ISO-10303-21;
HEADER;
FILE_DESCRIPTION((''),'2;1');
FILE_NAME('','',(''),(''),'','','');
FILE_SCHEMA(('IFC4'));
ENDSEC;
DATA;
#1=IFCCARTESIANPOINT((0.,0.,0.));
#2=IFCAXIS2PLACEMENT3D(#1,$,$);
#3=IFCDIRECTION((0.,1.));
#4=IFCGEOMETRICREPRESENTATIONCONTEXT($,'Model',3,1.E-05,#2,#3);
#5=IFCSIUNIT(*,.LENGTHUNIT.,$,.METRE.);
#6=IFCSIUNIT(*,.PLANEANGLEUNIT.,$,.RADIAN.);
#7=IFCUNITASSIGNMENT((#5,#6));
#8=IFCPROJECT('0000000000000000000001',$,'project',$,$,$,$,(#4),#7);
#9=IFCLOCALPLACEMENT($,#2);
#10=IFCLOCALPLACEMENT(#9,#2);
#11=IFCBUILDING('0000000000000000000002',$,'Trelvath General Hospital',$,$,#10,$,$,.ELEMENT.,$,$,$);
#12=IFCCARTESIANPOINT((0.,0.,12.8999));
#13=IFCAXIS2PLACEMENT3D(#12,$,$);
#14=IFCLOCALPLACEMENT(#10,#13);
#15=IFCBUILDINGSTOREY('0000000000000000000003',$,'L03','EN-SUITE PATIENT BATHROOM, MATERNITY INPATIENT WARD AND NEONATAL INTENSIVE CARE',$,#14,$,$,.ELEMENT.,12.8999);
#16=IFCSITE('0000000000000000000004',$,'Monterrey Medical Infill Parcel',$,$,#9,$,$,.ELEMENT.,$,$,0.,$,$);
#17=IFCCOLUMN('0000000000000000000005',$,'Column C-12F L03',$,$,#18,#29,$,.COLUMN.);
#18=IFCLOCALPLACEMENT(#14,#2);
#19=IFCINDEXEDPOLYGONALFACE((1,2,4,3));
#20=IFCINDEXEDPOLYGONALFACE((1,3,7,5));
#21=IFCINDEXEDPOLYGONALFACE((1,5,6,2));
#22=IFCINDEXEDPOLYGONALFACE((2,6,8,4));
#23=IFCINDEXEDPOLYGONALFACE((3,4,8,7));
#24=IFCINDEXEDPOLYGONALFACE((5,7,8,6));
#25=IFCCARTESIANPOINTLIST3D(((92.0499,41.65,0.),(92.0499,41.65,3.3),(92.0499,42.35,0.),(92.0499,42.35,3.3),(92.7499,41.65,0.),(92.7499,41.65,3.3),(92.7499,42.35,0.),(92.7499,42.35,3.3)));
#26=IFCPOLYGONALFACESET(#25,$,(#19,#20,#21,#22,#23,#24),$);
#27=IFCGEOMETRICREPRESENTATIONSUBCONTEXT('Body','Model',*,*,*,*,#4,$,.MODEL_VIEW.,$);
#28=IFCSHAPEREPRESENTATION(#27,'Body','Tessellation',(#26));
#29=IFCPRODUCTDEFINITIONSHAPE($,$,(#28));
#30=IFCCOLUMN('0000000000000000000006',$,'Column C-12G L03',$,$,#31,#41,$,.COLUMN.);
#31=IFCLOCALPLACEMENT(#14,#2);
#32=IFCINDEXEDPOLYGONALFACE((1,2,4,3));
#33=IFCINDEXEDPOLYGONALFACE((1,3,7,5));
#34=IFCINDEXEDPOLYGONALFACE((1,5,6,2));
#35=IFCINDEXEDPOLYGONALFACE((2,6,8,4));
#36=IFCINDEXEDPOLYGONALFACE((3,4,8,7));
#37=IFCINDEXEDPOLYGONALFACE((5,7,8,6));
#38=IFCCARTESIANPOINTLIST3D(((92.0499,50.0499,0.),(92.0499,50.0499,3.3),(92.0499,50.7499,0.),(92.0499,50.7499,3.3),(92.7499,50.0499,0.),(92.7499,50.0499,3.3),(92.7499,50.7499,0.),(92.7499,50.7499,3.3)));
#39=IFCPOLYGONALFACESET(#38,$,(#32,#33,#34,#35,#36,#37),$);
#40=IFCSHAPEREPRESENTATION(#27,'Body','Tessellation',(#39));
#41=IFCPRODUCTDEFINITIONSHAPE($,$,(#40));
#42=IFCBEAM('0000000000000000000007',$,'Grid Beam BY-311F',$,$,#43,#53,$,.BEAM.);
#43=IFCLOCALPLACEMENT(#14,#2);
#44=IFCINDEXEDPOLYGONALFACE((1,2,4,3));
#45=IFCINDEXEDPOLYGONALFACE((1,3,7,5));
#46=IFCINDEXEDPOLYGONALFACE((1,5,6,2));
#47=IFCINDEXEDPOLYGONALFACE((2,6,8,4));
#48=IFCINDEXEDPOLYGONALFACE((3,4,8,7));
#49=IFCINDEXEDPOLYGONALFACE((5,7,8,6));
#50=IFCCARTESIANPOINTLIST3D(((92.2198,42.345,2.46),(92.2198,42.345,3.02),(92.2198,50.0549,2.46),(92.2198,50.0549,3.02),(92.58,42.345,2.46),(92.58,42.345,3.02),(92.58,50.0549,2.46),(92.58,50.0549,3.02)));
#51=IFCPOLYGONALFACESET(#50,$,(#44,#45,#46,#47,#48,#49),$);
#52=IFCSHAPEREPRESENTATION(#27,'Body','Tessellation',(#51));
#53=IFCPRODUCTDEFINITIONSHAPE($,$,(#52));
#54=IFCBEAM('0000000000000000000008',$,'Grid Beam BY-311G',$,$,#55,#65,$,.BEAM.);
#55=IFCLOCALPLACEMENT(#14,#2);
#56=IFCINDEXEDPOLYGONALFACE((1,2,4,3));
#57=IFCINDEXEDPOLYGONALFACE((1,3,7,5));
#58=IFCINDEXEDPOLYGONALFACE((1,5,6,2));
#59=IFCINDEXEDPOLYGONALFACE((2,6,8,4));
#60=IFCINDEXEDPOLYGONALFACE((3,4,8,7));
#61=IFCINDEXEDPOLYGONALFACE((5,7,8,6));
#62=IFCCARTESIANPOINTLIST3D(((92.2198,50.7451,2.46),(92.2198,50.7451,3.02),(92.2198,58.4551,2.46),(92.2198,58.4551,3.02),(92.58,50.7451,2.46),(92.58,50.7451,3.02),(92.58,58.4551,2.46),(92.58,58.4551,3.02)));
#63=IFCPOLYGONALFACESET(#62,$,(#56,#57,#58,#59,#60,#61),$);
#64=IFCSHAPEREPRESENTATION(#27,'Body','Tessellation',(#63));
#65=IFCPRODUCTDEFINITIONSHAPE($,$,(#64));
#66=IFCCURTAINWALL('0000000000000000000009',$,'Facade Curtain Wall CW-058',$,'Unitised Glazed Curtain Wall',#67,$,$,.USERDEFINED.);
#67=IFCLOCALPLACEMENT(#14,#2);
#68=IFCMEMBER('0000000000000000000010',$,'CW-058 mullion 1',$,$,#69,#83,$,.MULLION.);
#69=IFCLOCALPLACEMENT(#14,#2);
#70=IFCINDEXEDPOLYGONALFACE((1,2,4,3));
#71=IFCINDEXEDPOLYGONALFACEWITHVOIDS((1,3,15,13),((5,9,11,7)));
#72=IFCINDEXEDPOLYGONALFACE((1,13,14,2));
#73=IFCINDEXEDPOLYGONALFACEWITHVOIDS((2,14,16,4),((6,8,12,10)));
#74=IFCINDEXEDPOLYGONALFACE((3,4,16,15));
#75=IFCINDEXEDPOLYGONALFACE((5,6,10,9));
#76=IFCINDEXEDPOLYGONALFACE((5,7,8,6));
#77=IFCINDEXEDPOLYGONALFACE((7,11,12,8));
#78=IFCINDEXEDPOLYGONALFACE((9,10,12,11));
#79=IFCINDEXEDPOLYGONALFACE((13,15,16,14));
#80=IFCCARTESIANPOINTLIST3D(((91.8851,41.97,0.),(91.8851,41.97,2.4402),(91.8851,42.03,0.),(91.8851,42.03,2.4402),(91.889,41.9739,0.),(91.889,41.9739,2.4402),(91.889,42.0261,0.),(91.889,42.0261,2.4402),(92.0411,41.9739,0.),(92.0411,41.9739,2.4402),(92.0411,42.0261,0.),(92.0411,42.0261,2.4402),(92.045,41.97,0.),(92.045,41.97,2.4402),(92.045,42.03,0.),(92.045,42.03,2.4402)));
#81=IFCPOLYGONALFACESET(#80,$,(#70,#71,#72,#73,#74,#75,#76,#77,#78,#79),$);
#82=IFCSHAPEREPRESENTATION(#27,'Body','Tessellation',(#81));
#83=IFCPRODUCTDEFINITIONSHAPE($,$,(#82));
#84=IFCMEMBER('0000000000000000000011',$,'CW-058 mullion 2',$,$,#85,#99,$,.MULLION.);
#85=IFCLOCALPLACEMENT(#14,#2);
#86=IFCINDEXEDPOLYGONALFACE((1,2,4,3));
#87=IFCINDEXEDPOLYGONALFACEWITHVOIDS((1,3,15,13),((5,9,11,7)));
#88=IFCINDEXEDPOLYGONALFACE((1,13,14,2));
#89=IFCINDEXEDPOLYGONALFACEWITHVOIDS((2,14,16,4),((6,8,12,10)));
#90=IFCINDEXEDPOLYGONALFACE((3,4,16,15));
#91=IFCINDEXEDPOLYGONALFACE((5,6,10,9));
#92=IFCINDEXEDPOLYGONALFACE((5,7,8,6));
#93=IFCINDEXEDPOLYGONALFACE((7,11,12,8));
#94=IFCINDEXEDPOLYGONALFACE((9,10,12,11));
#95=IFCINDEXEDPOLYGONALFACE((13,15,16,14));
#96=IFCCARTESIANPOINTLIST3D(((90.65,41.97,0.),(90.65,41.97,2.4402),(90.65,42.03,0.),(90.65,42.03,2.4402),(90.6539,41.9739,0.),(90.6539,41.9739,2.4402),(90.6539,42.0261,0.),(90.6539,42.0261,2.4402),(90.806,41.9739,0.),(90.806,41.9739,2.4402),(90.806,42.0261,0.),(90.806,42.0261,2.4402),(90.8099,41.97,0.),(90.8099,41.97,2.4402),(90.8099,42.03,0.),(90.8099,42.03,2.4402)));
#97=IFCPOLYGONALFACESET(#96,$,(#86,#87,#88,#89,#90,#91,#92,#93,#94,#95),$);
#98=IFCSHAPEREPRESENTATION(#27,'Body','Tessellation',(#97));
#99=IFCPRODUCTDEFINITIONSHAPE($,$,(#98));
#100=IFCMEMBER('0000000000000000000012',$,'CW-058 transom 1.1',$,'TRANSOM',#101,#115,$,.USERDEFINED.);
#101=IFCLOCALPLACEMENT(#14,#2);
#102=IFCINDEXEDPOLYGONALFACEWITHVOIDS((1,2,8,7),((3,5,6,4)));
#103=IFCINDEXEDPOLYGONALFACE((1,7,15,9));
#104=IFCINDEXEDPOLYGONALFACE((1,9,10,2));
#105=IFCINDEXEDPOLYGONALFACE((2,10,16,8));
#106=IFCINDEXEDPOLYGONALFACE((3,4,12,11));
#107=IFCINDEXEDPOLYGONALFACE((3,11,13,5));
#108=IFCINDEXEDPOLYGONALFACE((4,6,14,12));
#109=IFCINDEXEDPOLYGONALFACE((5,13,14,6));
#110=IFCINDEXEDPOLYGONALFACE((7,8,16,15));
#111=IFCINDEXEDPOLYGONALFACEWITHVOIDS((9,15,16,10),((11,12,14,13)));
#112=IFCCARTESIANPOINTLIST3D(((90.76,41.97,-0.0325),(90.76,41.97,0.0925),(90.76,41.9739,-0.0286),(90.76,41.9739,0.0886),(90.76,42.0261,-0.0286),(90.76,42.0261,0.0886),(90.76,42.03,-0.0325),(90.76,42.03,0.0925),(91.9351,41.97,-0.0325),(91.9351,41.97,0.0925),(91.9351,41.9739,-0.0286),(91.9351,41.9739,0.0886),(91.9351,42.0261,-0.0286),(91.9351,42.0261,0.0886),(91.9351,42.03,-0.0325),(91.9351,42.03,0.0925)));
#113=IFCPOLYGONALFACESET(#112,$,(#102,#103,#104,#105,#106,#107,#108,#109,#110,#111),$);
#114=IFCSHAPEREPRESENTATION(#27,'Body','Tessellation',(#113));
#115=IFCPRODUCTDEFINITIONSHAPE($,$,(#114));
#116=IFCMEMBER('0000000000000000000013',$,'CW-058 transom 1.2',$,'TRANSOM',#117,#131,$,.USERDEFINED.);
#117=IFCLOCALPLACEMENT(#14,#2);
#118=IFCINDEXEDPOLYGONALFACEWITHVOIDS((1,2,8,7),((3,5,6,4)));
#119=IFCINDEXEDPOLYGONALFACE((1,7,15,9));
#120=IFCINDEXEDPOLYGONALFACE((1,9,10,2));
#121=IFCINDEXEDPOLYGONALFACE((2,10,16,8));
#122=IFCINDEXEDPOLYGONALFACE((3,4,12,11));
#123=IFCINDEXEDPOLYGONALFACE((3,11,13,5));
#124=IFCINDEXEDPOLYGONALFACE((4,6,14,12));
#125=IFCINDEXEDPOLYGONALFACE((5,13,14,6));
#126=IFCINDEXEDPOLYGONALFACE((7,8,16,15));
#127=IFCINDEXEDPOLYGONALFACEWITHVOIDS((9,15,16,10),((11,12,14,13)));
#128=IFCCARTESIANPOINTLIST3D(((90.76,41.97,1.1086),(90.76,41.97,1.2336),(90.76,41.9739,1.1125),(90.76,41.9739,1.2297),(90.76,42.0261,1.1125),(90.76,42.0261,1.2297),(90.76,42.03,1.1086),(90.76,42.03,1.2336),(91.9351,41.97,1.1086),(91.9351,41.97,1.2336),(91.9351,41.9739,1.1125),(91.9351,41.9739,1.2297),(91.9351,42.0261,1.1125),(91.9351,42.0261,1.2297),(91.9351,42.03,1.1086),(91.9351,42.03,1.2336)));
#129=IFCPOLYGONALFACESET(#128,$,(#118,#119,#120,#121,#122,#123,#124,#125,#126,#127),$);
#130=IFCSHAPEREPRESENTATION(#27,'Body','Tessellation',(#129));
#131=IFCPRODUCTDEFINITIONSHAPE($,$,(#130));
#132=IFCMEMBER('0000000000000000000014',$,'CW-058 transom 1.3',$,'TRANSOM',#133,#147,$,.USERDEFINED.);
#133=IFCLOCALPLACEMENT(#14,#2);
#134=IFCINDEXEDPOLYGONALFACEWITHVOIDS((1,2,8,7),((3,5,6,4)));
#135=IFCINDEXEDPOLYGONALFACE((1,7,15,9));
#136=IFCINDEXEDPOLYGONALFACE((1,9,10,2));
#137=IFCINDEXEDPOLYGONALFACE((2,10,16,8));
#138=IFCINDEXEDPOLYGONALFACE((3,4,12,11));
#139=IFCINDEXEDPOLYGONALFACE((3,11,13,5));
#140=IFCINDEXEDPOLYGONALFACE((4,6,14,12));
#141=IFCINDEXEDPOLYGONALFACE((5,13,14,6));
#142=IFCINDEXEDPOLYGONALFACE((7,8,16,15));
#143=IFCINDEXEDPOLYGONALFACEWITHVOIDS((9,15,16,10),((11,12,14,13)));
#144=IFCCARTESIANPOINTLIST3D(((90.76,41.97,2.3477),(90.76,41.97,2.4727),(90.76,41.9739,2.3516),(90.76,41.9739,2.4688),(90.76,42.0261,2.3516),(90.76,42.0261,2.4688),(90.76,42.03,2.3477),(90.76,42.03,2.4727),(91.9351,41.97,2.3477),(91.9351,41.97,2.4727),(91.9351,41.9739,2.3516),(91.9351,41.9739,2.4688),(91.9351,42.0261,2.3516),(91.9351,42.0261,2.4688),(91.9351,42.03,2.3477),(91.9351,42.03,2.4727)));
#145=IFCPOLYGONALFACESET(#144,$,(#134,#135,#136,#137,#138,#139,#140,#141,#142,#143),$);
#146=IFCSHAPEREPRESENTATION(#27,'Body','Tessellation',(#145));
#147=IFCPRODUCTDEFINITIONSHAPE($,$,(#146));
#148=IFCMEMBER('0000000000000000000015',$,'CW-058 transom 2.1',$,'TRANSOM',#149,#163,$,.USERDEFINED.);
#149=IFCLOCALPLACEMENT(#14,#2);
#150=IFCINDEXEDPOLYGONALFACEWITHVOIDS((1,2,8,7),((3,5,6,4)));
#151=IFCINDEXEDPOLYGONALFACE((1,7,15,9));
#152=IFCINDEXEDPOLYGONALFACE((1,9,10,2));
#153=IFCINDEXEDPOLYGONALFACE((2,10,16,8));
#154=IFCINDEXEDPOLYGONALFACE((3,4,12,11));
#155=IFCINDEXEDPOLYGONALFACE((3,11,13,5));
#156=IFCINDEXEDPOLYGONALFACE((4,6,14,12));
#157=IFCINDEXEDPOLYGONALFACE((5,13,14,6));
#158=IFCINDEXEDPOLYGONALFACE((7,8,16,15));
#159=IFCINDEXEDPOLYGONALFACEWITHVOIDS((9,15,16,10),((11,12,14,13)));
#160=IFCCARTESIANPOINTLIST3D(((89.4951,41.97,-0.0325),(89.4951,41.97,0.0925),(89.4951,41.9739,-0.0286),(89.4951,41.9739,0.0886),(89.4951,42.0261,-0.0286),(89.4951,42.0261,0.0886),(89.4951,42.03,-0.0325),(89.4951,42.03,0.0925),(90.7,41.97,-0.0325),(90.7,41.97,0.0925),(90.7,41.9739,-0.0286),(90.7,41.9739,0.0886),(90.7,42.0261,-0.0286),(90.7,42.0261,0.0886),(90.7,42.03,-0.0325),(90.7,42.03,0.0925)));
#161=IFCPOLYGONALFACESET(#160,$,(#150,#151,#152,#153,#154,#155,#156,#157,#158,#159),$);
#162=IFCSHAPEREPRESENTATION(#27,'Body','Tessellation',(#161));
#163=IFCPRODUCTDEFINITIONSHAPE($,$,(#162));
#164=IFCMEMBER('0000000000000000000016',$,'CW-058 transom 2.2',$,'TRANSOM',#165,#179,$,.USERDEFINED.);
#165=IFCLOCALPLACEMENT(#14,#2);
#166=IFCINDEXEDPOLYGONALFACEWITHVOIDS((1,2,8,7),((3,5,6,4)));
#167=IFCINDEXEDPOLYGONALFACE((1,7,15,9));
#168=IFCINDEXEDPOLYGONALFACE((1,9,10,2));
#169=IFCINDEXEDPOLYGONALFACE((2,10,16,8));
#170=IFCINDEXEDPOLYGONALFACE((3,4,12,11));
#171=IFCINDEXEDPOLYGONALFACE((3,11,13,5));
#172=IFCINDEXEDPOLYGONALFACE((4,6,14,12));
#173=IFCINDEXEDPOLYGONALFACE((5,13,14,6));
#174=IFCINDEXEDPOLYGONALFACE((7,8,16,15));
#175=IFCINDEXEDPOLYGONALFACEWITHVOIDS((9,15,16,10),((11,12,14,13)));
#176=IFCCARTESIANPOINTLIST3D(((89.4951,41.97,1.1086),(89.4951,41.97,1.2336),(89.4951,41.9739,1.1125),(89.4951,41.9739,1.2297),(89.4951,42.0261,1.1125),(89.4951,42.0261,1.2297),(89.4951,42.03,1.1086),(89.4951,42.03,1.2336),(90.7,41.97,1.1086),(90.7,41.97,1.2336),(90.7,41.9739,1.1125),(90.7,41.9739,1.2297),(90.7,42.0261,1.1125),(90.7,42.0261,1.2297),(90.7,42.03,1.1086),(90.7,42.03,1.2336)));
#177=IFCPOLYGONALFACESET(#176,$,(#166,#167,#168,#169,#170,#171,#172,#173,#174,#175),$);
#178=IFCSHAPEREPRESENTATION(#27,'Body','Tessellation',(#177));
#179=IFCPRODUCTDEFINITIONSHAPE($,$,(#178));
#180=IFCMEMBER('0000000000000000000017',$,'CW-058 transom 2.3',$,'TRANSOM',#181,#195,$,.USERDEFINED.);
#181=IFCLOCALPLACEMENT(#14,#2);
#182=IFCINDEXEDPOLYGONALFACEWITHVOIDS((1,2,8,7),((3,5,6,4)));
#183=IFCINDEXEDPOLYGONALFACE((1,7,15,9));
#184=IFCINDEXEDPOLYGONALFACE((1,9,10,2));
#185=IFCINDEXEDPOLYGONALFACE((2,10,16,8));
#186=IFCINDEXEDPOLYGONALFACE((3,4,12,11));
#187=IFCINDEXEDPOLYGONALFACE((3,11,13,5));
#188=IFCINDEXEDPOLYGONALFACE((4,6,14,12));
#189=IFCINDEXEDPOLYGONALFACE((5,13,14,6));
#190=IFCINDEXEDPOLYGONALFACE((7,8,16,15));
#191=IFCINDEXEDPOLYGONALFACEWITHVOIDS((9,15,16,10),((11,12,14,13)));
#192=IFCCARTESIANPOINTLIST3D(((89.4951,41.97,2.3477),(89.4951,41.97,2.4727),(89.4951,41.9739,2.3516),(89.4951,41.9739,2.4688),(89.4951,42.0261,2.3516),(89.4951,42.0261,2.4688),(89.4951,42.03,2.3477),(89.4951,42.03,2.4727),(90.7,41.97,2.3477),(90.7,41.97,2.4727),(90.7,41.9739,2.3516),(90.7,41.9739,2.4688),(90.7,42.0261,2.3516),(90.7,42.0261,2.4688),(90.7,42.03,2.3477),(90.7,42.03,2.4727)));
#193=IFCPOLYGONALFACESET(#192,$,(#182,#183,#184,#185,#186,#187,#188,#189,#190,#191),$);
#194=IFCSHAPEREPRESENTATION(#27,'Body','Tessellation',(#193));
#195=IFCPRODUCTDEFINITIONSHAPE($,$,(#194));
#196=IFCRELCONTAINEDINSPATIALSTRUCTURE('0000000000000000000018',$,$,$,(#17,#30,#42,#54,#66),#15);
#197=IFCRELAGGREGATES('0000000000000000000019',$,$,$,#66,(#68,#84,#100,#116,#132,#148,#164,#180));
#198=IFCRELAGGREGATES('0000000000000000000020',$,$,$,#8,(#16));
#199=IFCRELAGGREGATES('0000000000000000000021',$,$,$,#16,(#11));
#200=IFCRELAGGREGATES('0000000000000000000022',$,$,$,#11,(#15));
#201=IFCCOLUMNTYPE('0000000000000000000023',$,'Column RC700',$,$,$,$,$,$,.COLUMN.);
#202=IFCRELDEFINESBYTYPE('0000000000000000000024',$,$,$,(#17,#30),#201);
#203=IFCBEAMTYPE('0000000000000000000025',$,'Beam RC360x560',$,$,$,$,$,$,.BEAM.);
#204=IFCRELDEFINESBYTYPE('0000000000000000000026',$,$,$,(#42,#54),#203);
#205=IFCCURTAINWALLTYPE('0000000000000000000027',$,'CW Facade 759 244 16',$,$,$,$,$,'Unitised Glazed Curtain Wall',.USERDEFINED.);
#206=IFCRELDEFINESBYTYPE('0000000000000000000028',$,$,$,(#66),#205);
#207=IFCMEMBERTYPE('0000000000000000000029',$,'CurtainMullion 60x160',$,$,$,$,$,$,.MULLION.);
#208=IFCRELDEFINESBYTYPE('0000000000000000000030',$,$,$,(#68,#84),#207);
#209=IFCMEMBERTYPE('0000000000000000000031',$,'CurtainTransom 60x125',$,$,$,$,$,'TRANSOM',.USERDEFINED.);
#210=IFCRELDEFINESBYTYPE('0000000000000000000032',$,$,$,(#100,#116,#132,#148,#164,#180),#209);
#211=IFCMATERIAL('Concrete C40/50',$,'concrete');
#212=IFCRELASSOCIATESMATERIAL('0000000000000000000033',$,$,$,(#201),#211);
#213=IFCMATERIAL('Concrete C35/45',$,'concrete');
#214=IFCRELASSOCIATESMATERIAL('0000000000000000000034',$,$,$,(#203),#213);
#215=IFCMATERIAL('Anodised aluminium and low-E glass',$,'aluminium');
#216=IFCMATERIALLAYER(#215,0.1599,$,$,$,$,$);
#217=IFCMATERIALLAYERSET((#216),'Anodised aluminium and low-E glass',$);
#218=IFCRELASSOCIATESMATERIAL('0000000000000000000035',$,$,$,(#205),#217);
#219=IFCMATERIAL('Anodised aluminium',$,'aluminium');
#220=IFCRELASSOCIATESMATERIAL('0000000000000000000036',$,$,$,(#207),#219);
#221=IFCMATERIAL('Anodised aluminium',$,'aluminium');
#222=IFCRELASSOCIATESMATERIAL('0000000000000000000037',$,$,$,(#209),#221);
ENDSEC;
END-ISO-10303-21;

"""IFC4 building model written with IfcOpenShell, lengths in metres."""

from ifc_helpers import new_model, si_unit, direction, frame, origin, origin_2d, place, context, subcontext, project, spatial, rectangle, hollow_rectangle, extrude, material, layer, layer_set, material_profile, profile_set, type_object, element, aggregate, save


model = new_model("IFC4")

# Units and contexts
model_context = context("Model", 3, precision=1e-05, world=origin(), true_north=direction((0.0, 1.0)))
body_context = subcontext(model_context, "Body", "Model", "MODEL_VIEW")
ifc_project = project(units=[si_unit("LENGTHUNIT", "METRE"), si_unit("PLANEANGLEUNIT", "RADIAN")], contexts=[model_context])

# Site, building, storey
site_placement = place(None, origin())
site = spatial("IfcSite", under=ifc_project, at=site_placement, Name="Monterrey Medical Infill Parcel", CompositionType="ELEMENT", RefElevation=0.0)
building_placement = place(site_placement, origin())
building = spatial("IfcBuilding", under=site, at=building_placement, Name="Trelvath General Hospital", CompositionType="ELEMENT")
storey_placement = place(building_placement, frame((0.0, 0.0, 12.8999)))
storey = spatial("IfcBuildingStorey", under=building, at=storey_placement, Name="L03", Description="EN-SUITE PATIENT BATHROOM, MATERNITY INPATIENT WARD AND NEONATAL INTENSIVE CARE", CompositionType="ELEMENT", Elevation=12.8999)

# Columns
ifc_material_1 = material(Name="Concrete C40/50", Category="concrete")
ifc_material_profile_1 = material_profile(ifc_material_1, rectangle(XDim=0.7, YDim=0.7, at=origin_2d()), Name="RC700x700")
ifc_profile_set_1 = profile_set([ifc_material_profile_1], Name="Concrete C40/50")
column_type = type_object("IfcColumnType", Name="Column RC700", PredefinedType="COLUMN", material=ifc_profile_set_1)
for number, where, z_axis, x_axis, name in (
    (1, (92.3999, 42.0, 0.0), (0.0, 0.0, 1.0), (1.0, 0.0, 0.0), "Column C-12F L03"),
    (2, (92.3999, 50.3999, 0.0), (0.0, 0.0, 1.0), (1.0, 0.0, 0.0), "Column C-12G L03"),
):
    element("IfcColumn", number, at=place(storey_placement, frame(where, z_axis=z_axis, x_axis=x_axis)), inside=storey, type_object=column_type, Name=name, PredefinedType="COLUMN", context=body_context, shape_type="SweptSolid", body=[
        extrude(rectangle(XDim=0.7, YDim=0.7, at=origin_2d()), origin(), (0.0, 0.0, 1.0), 3.3),
    ])

# Beams
ifc_material_2 = material(Name="Concrete C35/45", Category="concrete")
ifc_material_profile_2 = material_profile(ifc_material_2, rectangle(XDim=0.3601, YDim=0.5601, at=origin_2d()), Name="RCB360x560")
ifc_profile_set_2 = profile_set([ifc_material_profile_2], Name="Concrete C35/45")
beam_type = type_object("IfcBeamType", Name="Beam RC360x560", PredefinedType="BEAM", material=ifc_profile_set_2)
for number, where, z_axis, x_axis, name in (
    (3, (92.3999, 42.345, 2.74), (0.0, 1.0, 0.0), (-1.0, 0.0, 0.0), "Grid Beam BY-311F"),
    (4, (92.3999, 50.7451, 2.74), (0.0, 1.0, 0.0), (-1.0, 0.0, 0.0), "Grid Beam BY-311G"),
):
    element("IfcBeam", number, at=place(storey_placement, frame(where, z_axis=z_axis, x_axis=x_axis)), inside=storey, type_object=beam_type, Name=name, PredefinedType="BEAM", context=body_context, shape_type="SweptSolid", body=[
        extrude(rectangle(XDim=0.3601, YDim=0.5601, at=origin_2d()), origin(), (0.0, 0.0, 1.0), 7.71),
    ])

# Curtain wall, members
ifc_material_3 = material(Name="Anodised aluminium and low-E glass", Category="aluminium")
ifc_layer_1 = layer(ifc_material_3, 0.1599)
ifc_layer_set_1 = layer_set([ifc_layer_1], Name="Anodised aluminium and low-E glass")
curtain_wall_type = type_object("IfcCurtainWallType", Name="CW Facade 759 244 16", ElementType="Unitised Glazed Curtain Wall", PredefinedType="USERDEFINED", material=ifc_layer_set_1)
curtain_wall_placement = place(storey_placement, origin())
curtain_wall = element("IfcCurtainWall", 5, at=curtain_wall_placement, inside=storey, type_object=curtain_wall_type, Name="Facade Curtain Wall CW-058", ObjectType="Unitised Glazed Curtain Wall", PredefinedType="USERDEFINED")
ifc_material_4 = material(Name="Anodised aluminium", Category="aluminium")
ifc_material_profile_3 = material_profile(ifc_material_4, hollow_rectangle(XDim=0.0601, YDim=0.1599, WallThickness=0.0039, at=origin_2d()), Name="RHS60x160x4")
ifc_profile_set_3 = profile_set([ifc_material_profile_3], Name="Anodised aluminium")
member_type_1 = type_object("IfcMemberType", Name="CurtainMullion 60x160", PredefinedType="MULLION", material=ifc_profile_set_3)
member_1_placement = place(storey_placement, frame((91.9651, 42.0, 0.0), z_axis=(0.0, 0.0, 1.0), x_axis=(0.0, -1.0, 0.0)))
member_1 = element("IfcMember", 6, at=member_1_placement, type_object=member_type_1, Name="CW-058 mullion 1", PredefinedType="MULLION", context=body_context, shape_type="SweptSolid", body=[
    extrude(hollow_rectangle(XDim=0.0601, YDim=0.1599, WallThickness=0.0039, at=origin_2d()), origin(), (0.0, 0.0, 1.0), 2.4402),
])
member_2_placement = place(storey_placement, frame((90.73, 42.0, 0.0), z_axis=(0.0, 0.0, 1.0), x_axis=(0.0, -1.0, 0.0)))
member_2 = element("IfcMember", 7, at=member_2_placement, type_object=member_type_1, Name="CW-058 mullion 2", PredefinedType="MULLION", context=body_context, shape_type="SweptSolid", body=[
    extrude(hollow_rectangle(XDim=0.0601, YDim=0.1599, WallThickness=0.0039, at=origin_2d()), origin(), (0.0, 0.0, 1.0), 2.4402),
])
ifc_material_5 = material(Name="Anodised aluminium", Category="aluminium")
ifc_material_profile_4 = material_profile(ifc_material_5, hollow_rectangle(XDim=0.0601, YDim=0.125, WallThickness=0.0039, at=origin_2d()), Name="RHS60x125x4")
ifc_profile_set_4 = profile_set([ifc_material_profile_4], Name="Anodised aluminium")
member_type_2 = type_object("IfcMemberType", Name="CurtainTransom 60x125", ElementType="TRANSOM", PredefinedType="USERDEFINED", material=ifc_profile_set_4)
member_3_placement = place(storey_placement, frame((91.9351, 42.0, 0.03), z_axis=(-1.0, 0.0, 0.0), x_axis=(0.0, -1.0, 0.0)))
member_3 = element("IfcMember", 8, at=member_3_placement, type_object=member_type_2, Name="CW-058 transom 1.1", ObjectType="TRANSOM", PredefinedType="USERDEFINED", context=body_context, shape_type="SweptSolid", body=[
    extrude(hollow_rectangle(XDim=0.0601, YDim=0.125, WallThickness=0.0039, at=origin_2d()), origin(), (0.0, 0.0, 1.0), 1.175),
])
member_4_placement = place(storey_placement, frame((91.9351, 42.0, 1.1711), z_axis=(-1.0, 0.0, 0.0), x_axis=(0.0, -1.0, 0.0)))
member_4 = element("IfcMember", 9, at=member_4_placement, type_object=member_type_2, Name="CW-058 transom 1.2", ObjectType="TRANSOM", PredefinedType="USERDEFINED", context=body_context, shape_type="SweptSolid", body=[
    extrude(hollow_rectangle(XDim=0.0601, YDim=0.125, WallThickness=0.0039, at=origin_2d()), origin(), (0.0, 0.0, 1.0), 1.175),
])
member_5_placement = place(storey_placement, frame((91.9351, 42.0, 2.4102), z_axis=(-1.0, 0.0, 0.0), x_axis=(0.0, -1.0, 0.0)))
member_5 = element("IfcMember", 10, at=member_5_placement, type_object=member_type_2, Name="CW-058 transom 1.3", ObjectType="TRANSOM", PredefinedType="USERDEFINED", context=body_context, shape_type="SweptSolid", body=[
    extrude(hollow_rectangle(XDim=0.0601, YDim=0.125, WallThickness=0.0039, at=origin_2d()), origin(), (0.0, 0.0, 1.0), 1.175),
])
member_6_placement = place(storey_placement, frame((90.7, 42.0, 0.03), z_axis=(-1.0, 0.0, 0.0), x_axis=(0.0, -1.0, 0.0)))
member_6 = element("IfcMember", 11, at=member_6_placement, type_object=member_type_2, Name="CW-058 transom 2.1", ObjectType="TRANSOM", PredefinedType="USERDEFINED", context=body_context, shape_type="SweptSolid", body=[
    extrude(hollow_rectangle(XDim=0.0601, YDim=0.125, WallThickness=0.0039, at=origin_2d()), origin(), (0.0, 0.0, 1.0), 1.2048),
])
member_7_placement = place(storey_placement, frame((90.7, 42.0, 1.1711), z_axis=(-1.0, 0.0, 0.0), x_axis=(0.0, -1.0, 0.0)))
member_7 = element("IfcMember", 12, at=member_7_placement, type_object=member_type_2, Name="CW-058 transom 2.2", ObjectType="TRANSOM", PredefinedType="USERDEFINED", context=body_context, shape_type="SweptSolid", body=[
    extrude(hollow_rectangle(XDim=0.0601, YDim=0.125, WallThickness=0.0039, at=origin_2d()), origin(), (0.0, 0.0, 1.0), 1.2048),
])
member_8_placement = place(storey_placement, frame((90.7, 42.0, 2.4102), z_axis=(-1.0, 0.0, 0.0), x_axis=(0.0, -1.0, 0.0)))
member_8 = element("IfcMember", 13, at=member_8_placement, type_object=member_type_2, Name="CW-058 transom 2.3", ObjectType="TRANSOM", PredefinedType="USERDEFINED", context=body_context, shape_type="SweptSolid", body=[
    extrude(hollow_rectangle(XDim=0.0601, YDim=0.125, WallThickness=0.0039, at=origin_2d()), origin(), (0.0, 0.0, 1.0), 1.2048),
])
aggregate(curtain_wall, [member_1, member_2, member_3, member_4, member_5, member_6, member_7, member_8])

save(model, "model.ifc")
